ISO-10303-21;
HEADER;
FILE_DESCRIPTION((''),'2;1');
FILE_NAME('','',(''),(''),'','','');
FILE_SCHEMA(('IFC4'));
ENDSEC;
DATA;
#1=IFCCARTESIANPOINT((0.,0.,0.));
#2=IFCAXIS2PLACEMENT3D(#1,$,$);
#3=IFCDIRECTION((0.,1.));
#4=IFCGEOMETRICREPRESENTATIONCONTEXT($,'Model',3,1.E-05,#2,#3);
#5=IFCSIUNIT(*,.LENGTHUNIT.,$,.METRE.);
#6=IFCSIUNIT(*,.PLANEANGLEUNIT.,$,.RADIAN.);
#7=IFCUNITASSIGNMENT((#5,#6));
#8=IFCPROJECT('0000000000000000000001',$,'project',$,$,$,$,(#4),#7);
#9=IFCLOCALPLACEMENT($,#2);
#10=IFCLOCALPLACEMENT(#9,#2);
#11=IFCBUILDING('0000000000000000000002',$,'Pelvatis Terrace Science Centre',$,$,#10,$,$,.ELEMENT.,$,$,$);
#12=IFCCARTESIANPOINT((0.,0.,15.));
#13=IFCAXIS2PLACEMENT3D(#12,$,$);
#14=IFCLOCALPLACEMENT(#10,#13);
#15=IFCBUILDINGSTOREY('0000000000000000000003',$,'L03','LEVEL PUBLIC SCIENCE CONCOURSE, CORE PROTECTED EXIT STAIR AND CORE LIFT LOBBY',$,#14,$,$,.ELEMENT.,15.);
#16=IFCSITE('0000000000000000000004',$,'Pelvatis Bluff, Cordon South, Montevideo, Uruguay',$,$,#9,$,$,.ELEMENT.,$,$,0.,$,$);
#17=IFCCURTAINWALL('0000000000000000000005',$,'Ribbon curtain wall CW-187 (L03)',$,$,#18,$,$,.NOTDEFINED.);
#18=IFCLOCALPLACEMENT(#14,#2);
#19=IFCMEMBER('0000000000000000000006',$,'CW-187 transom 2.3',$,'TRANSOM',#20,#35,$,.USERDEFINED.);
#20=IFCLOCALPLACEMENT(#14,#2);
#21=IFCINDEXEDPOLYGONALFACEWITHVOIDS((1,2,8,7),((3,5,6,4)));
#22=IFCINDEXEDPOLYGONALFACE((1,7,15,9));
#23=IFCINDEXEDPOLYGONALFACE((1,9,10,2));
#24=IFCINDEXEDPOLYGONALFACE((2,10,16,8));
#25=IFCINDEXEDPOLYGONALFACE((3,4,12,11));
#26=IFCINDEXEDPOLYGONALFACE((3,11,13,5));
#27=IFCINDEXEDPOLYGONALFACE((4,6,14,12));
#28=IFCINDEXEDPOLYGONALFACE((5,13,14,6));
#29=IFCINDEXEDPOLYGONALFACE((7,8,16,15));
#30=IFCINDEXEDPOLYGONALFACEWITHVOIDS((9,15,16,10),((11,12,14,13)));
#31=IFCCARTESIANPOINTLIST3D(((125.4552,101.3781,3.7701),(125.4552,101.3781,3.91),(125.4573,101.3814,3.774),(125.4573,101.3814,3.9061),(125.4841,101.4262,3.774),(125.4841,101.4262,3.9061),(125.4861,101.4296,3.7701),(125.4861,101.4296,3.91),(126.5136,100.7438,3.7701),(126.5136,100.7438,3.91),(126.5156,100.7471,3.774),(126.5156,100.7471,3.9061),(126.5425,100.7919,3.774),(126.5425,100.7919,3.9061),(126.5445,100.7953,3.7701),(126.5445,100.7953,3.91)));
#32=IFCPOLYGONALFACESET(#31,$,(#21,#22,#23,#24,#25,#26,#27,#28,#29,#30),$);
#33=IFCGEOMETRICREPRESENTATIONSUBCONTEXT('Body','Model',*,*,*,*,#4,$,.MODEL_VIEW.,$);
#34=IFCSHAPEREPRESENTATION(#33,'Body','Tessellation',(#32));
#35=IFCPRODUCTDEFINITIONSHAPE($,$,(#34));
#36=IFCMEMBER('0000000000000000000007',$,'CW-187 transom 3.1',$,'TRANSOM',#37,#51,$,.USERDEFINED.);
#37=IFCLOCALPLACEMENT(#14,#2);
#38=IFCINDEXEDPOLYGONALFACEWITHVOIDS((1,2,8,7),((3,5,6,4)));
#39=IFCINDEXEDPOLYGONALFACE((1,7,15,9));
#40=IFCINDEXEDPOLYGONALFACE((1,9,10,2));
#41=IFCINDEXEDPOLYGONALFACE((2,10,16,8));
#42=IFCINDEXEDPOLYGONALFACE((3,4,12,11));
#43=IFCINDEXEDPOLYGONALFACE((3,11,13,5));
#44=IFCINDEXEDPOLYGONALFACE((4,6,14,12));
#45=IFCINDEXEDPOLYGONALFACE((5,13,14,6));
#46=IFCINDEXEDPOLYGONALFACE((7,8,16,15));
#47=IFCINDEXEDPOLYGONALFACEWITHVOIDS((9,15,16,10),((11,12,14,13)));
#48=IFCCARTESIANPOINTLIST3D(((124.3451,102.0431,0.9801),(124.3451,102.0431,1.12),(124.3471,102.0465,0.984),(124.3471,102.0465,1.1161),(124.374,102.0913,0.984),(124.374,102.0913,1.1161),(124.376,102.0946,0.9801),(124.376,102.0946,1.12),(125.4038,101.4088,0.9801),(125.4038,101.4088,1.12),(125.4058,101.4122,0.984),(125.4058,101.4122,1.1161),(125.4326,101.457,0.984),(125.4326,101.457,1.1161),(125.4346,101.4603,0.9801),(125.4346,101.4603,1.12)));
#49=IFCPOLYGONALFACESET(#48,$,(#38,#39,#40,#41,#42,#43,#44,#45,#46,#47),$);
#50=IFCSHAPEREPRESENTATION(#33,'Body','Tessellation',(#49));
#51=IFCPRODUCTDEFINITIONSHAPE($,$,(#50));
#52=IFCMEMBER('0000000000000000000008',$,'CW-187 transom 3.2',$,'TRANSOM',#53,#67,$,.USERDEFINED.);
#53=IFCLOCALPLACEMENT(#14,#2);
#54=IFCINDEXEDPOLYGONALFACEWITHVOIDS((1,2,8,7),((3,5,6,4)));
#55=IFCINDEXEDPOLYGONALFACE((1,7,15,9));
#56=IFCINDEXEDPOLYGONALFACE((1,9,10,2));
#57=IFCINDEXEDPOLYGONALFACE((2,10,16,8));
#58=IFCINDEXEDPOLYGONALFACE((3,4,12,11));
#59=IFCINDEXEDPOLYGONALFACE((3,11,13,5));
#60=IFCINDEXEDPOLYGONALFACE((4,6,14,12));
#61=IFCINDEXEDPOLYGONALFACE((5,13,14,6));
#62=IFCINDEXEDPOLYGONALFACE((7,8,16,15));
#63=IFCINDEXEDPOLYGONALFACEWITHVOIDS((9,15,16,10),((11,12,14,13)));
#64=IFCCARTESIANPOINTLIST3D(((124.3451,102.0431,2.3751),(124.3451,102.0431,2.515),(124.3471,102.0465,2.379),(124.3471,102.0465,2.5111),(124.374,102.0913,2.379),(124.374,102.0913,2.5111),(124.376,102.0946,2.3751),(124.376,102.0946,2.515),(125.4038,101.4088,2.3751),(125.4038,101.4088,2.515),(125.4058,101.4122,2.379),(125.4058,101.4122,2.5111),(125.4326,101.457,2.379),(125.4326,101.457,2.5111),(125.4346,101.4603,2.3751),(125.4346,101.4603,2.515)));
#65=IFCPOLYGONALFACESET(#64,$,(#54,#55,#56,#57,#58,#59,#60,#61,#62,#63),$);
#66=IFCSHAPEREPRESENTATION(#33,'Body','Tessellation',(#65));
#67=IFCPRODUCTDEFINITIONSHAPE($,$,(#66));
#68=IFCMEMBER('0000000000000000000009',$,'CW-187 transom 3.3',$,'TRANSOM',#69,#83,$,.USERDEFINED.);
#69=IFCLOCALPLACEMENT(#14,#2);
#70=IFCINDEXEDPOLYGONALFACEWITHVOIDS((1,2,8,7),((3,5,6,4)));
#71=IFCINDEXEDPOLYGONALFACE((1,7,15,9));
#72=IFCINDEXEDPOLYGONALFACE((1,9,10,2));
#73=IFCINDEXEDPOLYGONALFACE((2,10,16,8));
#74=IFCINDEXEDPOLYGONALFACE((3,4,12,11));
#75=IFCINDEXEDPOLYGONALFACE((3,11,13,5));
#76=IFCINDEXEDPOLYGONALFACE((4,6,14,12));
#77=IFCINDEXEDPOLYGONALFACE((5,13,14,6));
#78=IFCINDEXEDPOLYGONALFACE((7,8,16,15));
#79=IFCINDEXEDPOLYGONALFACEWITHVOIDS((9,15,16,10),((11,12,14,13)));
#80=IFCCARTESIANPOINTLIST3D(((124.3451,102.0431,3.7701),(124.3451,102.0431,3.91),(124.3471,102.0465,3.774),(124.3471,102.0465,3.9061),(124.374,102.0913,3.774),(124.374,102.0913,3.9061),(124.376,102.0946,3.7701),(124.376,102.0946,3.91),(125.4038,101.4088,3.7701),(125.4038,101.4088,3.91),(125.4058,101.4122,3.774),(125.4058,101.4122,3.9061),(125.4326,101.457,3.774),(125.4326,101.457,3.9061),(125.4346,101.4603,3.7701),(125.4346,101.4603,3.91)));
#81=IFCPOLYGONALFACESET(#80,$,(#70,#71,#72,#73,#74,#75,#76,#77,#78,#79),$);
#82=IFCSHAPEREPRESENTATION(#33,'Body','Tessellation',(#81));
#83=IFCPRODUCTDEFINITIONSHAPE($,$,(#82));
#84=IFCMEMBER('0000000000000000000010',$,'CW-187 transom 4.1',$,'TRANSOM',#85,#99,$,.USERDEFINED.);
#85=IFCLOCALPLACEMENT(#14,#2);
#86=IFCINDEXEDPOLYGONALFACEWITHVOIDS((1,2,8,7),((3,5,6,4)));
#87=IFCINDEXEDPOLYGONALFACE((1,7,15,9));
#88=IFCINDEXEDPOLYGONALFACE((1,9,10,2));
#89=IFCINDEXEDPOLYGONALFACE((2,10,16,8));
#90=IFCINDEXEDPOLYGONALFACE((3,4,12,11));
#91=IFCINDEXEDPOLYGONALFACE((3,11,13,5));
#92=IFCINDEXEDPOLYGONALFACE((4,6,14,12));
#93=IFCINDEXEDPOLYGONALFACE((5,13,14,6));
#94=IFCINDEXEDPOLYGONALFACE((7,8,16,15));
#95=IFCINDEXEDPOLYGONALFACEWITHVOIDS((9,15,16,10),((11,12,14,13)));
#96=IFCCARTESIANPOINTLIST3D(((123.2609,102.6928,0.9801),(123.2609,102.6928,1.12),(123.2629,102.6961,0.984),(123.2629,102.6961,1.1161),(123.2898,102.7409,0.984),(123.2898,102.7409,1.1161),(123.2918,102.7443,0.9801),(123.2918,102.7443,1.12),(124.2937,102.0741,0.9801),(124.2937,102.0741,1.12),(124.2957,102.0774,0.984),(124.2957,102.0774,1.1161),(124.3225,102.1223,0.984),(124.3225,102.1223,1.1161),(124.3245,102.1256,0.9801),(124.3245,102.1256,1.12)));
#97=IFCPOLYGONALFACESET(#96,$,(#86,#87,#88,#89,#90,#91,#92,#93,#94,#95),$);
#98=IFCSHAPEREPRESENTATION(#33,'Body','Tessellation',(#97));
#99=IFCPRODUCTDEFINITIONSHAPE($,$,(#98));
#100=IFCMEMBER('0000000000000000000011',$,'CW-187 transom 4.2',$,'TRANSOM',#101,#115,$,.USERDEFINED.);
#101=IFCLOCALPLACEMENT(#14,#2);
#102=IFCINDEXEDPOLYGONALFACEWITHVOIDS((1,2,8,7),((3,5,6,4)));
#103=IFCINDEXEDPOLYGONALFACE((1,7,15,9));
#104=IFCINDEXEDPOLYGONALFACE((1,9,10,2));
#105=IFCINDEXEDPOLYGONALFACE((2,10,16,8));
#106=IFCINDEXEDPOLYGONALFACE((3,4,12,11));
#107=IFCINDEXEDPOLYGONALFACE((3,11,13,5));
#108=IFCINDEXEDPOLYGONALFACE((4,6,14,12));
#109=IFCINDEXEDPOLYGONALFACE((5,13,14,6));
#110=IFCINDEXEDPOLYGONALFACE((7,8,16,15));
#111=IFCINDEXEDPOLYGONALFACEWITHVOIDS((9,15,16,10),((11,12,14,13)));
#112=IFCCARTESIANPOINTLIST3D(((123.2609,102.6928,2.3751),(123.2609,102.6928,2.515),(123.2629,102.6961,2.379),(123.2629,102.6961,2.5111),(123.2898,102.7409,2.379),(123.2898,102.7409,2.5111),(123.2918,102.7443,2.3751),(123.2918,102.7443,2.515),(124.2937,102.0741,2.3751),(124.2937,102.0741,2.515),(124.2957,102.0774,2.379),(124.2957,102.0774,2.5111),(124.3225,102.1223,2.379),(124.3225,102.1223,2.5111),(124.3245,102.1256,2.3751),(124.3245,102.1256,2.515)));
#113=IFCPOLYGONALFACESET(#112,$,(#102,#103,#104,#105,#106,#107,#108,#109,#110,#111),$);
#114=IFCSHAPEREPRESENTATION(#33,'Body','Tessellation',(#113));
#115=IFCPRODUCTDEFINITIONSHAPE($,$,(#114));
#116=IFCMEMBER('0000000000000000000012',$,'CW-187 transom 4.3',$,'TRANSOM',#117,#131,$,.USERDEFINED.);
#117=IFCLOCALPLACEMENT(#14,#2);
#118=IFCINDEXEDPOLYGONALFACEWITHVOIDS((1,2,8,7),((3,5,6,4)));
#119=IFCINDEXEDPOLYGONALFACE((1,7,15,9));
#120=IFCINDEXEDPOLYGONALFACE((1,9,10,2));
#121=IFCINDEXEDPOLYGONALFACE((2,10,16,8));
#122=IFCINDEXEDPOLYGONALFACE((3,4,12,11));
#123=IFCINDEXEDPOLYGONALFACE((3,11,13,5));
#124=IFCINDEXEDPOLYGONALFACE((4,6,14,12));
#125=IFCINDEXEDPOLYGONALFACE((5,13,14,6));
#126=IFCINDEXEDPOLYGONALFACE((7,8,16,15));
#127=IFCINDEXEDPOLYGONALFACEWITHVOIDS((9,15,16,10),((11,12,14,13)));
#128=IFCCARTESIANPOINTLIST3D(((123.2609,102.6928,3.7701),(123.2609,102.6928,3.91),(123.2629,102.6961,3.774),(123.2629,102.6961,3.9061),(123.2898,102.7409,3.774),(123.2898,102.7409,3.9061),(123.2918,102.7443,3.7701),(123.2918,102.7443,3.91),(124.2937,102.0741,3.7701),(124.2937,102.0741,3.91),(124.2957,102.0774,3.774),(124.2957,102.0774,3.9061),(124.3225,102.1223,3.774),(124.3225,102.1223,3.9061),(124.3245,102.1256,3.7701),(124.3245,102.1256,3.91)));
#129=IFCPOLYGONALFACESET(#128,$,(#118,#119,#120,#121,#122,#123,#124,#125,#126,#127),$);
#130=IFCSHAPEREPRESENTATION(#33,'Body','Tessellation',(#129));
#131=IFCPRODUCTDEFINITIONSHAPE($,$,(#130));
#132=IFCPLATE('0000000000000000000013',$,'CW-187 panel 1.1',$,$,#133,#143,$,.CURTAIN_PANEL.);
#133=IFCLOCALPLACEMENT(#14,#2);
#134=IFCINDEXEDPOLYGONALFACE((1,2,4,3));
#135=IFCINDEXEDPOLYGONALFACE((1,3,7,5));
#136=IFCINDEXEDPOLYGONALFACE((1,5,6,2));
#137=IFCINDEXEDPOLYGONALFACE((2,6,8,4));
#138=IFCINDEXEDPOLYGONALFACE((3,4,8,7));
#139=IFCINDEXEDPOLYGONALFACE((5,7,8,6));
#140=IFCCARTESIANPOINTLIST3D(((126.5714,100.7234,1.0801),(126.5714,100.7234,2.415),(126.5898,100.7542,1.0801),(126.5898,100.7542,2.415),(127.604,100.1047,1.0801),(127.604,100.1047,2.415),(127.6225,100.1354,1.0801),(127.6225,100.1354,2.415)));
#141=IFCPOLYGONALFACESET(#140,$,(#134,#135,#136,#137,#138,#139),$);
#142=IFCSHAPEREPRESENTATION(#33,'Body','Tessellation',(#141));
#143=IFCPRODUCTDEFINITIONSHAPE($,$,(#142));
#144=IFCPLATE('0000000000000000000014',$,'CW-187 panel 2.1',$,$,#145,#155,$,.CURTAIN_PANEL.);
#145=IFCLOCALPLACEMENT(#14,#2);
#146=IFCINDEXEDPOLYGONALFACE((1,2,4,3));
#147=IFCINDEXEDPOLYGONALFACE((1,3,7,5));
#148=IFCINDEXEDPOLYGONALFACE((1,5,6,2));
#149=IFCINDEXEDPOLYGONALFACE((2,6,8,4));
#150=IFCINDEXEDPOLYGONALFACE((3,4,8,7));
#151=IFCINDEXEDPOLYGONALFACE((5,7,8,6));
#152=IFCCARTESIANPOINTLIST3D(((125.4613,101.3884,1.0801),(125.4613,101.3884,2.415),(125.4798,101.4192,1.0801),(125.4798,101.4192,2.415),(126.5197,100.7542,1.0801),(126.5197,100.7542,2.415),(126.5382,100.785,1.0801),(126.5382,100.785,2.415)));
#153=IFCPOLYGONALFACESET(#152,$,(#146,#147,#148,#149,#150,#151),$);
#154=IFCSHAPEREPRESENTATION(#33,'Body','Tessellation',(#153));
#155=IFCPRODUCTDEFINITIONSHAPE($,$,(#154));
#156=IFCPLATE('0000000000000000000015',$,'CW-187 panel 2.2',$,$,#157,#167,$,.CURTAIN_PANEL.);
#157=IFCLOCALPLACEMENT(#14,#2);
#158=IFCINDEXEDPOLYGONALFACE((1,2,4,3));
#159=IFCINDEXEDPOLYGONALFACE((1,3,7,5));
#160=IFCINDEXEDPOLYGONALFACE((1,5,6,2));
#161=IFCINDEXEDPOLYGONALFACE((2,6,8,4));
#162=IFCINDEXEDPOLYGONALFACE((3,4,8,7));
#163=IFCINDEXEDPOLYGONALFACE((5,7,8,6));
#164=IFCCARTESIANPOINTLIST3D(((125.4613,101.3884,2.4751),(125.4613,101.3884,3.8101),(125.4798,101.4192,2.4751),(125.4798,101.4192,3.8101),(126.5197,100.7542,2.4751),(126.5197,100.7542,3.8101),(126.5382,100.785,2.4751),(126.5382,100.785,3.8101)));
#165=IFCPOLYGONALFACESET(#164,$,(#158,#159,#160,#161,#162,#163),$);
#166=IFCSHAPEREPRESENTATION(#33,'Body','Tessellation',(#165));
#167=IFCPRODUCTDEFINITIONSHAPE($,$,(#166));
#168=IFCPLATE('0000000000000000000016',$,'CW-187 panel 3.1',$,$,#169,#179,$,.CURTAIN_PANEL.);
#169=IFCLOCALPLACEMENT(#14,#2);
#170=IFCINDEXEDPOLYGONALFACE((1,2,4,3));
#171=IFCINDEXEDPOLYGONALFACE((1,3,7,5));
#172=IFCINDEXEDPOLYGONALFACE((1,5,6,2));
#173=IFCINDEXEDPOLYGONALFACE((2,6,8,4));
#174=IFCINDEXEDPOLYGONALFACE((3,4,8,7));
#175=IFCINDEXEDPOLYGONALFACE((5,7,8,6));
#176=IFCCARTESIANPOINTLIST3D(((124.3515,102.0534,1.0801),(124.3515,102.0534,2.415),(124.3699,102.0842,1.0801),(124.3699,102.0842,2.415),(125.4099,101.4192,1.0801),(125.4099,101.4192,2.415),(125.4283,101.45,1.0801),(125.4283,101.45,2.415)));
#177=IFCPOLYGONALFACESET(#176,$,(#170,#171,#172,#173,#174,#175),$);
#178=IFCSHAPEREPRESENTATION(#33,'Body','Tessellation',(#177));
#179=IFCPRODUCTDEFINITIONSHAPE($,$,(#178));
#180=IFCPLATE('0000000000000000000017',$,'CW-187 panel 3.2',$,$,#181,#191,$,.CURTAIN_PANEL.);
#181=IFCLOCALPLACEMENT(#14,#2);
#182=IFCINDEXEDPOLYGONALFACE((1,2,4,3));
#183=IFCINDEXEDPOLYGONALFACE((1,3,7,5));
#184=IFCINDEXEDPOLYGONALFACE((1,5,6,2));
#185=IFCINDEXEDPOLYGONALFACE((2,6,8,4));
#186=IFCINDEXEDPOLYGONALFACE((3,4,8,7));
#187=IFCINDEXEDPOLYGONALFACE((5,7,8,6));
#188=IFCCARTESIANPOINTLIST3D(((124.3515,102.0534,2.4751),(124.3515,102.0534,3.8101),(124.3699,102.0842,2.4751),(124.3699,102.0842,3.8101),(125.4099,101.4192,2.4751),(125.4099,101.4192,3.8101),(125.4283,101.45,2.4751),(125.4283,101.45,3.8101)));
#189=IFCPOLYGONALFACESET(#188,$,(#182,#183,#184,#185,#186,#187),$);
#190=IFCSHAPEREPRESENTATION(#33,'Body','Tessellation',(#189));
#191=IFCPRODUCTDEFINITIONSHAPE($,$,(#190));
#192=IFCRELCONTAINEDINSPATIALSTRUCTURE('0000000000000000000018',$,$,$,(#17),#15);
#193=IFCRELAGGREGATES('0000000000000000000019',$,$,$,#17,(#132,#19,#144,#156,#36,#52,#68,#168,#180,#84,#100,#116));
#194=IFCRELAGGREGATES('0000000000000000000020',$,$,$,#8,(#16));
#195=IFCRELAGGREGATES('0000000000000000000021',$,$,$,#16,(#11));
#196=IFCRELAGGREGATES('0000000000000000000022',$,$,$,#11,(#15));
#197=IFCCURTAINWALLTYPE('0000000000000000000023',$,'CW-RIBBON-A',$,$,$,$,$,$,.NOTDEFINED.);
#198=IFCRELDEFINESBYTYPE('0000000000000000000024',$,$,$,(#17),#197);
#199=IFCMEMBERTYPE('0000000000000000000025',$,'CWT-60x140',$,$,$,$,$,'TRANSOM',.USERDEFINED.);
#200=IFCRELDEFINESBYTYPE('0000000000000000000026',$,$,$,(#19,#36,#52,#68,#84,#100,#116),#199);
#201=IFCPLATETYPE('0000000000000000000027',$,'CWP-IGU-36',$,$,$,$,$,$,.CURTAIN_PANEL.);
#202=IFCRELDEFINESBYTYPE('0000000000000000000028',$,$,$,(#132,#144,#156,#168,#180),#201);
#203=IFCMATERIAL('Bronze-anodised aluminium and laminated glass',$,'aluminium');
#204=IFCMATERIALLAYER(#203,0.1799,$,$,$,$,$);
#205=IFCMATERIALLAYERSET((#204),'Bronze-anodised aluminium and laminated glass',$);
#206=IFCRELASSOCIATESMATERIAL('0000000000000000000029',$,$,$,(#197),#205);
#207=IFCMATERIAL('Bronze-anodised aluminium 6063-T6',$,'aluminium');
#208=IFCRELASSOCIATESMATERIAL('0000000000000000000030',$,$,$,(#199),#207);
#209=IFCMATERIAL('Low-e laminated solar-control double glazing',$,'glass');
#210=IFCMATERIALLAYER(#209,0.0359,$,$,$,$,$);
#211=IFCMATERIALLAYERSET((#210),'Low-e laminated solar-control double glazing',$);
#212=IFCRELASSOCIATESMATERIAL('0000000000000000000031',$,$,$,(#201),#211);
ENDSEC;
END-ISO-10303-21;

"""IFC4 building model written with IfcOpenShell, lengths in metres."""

from ifc_helpers import new_model, si_unit, direction, frame, origin, origin_2d, place, context, subcontext, project, spatial, rectangle, hollow_rectangle, extrude, material, layer, layer_set, material_profile, profile_set, type_object, element, aggregate, save


model = new_model("IFC4")

# Units and contexts
model_context = context("Model", 3, precision=1e-05, world=origin(), true_north=direction((0.0, 1.0)))
body_context = subcontext(model_context, "Body", "Model", "MODEL_VIEW")
ifc_project = project(units=[si_unit("LENGTHUNIT", "METRE"), si_unit("PLANEANGLEUNIT", "RADIAN")], contexts=[model_context])

# Site, building, storey
site_placement = place(None, origin())
site = spatial("IfcSite", under=ifc_project, at=site_placement, Name="Pelvatis Bluff, Cordon South, Montevideo, Uruguay", CompositionType="ELEMENT", RefElevation=0.0)
building_placement = place(site_placement, origin())
building = spatial("IfcBuilding", under=site, at=building_placement, Name="Pelvatis Terrace Science Centre", CompositionType="ELEMENT")
storey_placement = place(building_placement, frame((0.0, 0.0, 15.0)))
storey = spatial("IfcBuildingStorey", under=building, at=storey_placement, Name="L03", Description="LEVEL PUBLIC SCIENCE CONCOURSE, CORE PROTECTED EXIT STAIR AND CORE LIFT LOBBY", CompositionType="ELEMENT", Elevation=15.0)

# Curtain wall, members, plates
ifc_material_1 = material(Name="Bronze-anodised aluminium and laminated glass", Category="aluminium")
ifc_layer_1 = layer(ifc_material_1, 0.1799)
ifc_layer_set_1 = layer_set([ifc_layer_1], Name="Bronze-anodised aluminium and laminated glass")
curtain_wall_type = type_object("IfcCurtainWallType", Name="CW-RIBBON-A", PredefinedType="NOTDEFINED", material=ifc_layer_set_1)
curtain_wall_placement = place(storey_placement, origin())
curtain_wall = element("IfcCurtainWall", 1, at=curtain_wall_placement, inside=storey, type_object=curtain_wall_type, Name="Ribbon curtain wall CW-187 (L03)", PredefinedType="NOTDEFINED")
ifc_material_2 = material(Name="Bronze-anodised aluminium 6063-T6", Category="aluminium")
ifc_material_profile_1 = material_profile(ifc_material_2, hollow_rectangle(XDim=0.0601, YDim=0.1399, WallThickness=0.0039, at=origin_2d()), Name="ALU-TRN 60x140")
ifc_profile_set_1 = profile_set([ifc_material_profile_1], Name="Bronze-anodised aluminium 6063-T6")
member_type_1 = type_object("IfcMemberType", Name="CWT-60x140", ElementType="TRANSOM", PredefinedType="USERDEFINED", material=ifc_profile_set_1)
member_1_placement = place(storey_placement, frame((126.5291, 100.7695, 3.8401), z_axis=(-0.857755, 0.514059, 0.0), x_axis=(-0.514059, -0.857755, 0.0)))
member_1 = element("IfcMember", 2, at=member_1_placement, type_object=member_type_1, Name="CW-187 transom 2.3", ObjectType="TRANSOM", PredefinedType="USERDEFINED", context=body_context, shape_type="SweptSolid", body=[
    extrude(hollow_rectangle(XDim=0.0601, YDim=0.1399, WallThickness=0.0039, at=origin_2d()), origin(), (0.0, 0.0, 1.0), 1.2339),
])
member_2_placement = place(storey_placement, frame((125.4192, 101.4346, 1.05), z_axis=(-0.857807, 0.513972, 0.0), x_axis=(-0.513972, -0.857807, 0.0)))
member_2 = element("IfcMember", 3, at=member_2_placement, type_object=member_type_1, Name="CW-187 transom 3.1", ObjectType="TRANSOM", PredefinedType="USERDEFINED", context=body_context, shape_type="SweptSolid", body=[
    extrude(hollow_rectangle(XDim=0.0601, YDim=0.1399, WallThickness=0.0039, at=origin_2d()), origin(), (0.0, 0.0, 1.0), 1.2341),
])
member_3_placement = place(storey_placement, frame((125.4192, 101.4346, 2.4451), z_axis=(-0.857807, 0.513972, 0.0), x_axis=(-0.513972, -0.857807, 0.0)))
member_3 = element("IfcMember", 4, at=member_3_placement, type_object=member_type_1, Name="CW-187 transom 3.2", ObjectType="TRANSOM", PredefinedType="USERDEFINED", context=body_context, shape_type="SweptSolid", body=[
    extrude(hollow_rectangle(XDim=0.0601, YDim=0.1399, WallThickness=0.0039, at=origin_2d()), origin(), (0.0, 0.0, 1.0), 1.2341),
])
member_4_placement = place(storey_placement, frame((125.4192, 101.4346, 3.8401), z_axis=(-0.857807, 0.513972, 0.0), x_axis=(-0.513972, -0.857807, 0.0)))
member_4 = element("IfcMember", 5, at=member_4_placement, type_object=member_type_1, Name="CW-187 transom 3.3", ObjectType="TRANSOM", PredefinedType="USERDEFINED", context=body_context, shape_type="SweptSolid", body=[
    extrude(hollow_rectangle(XDim=0.0601, YDim=0.1399, WallThickness=0.0039, at=origin_2d()), origin(), (0.0, 0.0, 1.0), 1.2341),
])
member_5_placement = place(storey_placement, frame((124.3091, 102.0999, 1.05), z_axis=(-0.857851, 0.513899, 0.0), x_axis=(-0.513899, -0.857851, 0.0)))
member_5 = element("IfcMember", 6, at=member_5_placement, type_object=member_type_1, Name="CW-187 transom 4.1", ObjectType="TRANSOM", PredefinedType="USERDEFINED", context=body_context, shape_type="SweptSolid", body=[
    extrude(hollow_rectangle(XDim=0.0601, YDim=0.1399, WallThickness=0.0039, at=origin_2d()), origin(), (0.0, 0.0, 1.0), 1.2039),
])
member_6_placement = place(storey_placement, frame((124.3091, 102.0999, 2.4451), z_axis=(-0.857851, 0.513899, 0.0), x_axis=(-0.513899, -0.857851, 0.0)))
member_6 = element("IfcMember", 7, at=member_6_placement, type_object=member_type_1, Name="CW-187 transom 4.2", ObjectType="TRANSOM", PredefinedType="USERDEFINED", context=body_context, shape_type="SweptSolid", body=[
    extrude(hollow_rectangle(XDim=0.0601, YDim=0.1399, WallThickness=0.0039, at=origin_2d()), origin(), (0.0, 0.0, 1.0), 1.2039),
])
member_7_placement = place(storey_placement, frame((124.3091, 102.0999, 3.8401), z_axis=(-0.857851, 0.513899, 0.0), x_axis=(-0.513899, -0.857851, 0.0)))
member_7 = element("IfcMember", 8, at=member_7_placement, type_object=member_type_1, Name="CW-187 transom 4.3", ObjectType="TRANSOM", PredefinedType="USERDEFINED", context=body_context, shape_type="SweptSolid", body=[
    extrude(hollow_rectangle(XDim=0.0601, YDim=0.1399, WallThickness=0.0039, at=origin_2d()), origin(), (0.0, 0.0, 1.0), 1.2039),
])
ifc_material_3 = material(Name="Low-e laminated solar-control double glazing", Category="glass")
ifc_layer_2 = layer(ifc_material_3, 0.0359)
ifc_layer_set_2 = layer_set([ifc_layer_2], Name="Low-e laminated solar-control double glazing")
plate_type = type_object("IfcPlateType", Name="CWP-IGU-36", PredefinedType="CURTAIN_PANEL", material=ifc_layer_set_2)
plate_1_placement = place(storey_placement, frame((127.0969, 100.4294, 1.0801), z_axis=(0.0, 0.0, 1.0), x_axis=(-0.857793, 0.513996, 0.0)))
plate_1 = element("IfcPlate", 9, at=plate_1_placement, type_object=plate_type, Name="CW-187 panel 1.1", PredefinedType="CURTAIN_PANEL", context=body_context, shape_type="SweptSolid", body=[
    extrude(rectangle(XDim=1.2039, YDim=0.0359, at=origin_2d()), origin(), (0.0, 0.0, 1.0), 1.335),
])
plate_2_placement = place(storey_placement, frame((125.9998, 101.0867, 1.0801), z_axis=(0.0, 0.0, 1.0), x_axis=(-0.857793, 0.513996, 0.0)))
plate_2 = element("IfcPlate", 10, at=plate_2_placement, type_object=plate_type, Name="CW-187 panel 2.1", PredefinedType="CURTAIN_PANEL", context=body_context, shape_type="SweptSolid", body=[
    extrude(rectangle(XDim=1.2339, YDim=0.0359, at=origin_2d()), origin(), (0.0, 0.0, 1.0), 1.335),
])
plate_3_placement = place(storey_placement, frame((125.9998, 101.0867, 2.4751), z_axis=(0.0, 0.0, 1.0), x_axis=(-0.857793, 0.513996, 0.0)))
plate_3 = element("IfcPlate", 11, at=plate_3_placement, type_object=plate_type, Name="CW-187 panel 2.2", PredefinedType="CURTAIN_PANEL", context=body_context, shape_type="SweptSolid", body=[
    extrude(rectangle(XDim=1.2339, YDim=0.0359, at=origin_2d()), origin(), (0.0, 0.0, 1.0), 1.335),
])
plate_4_placement = place(storey_placement, frame((124.8899, 101.7517, 1.0801), z_axis=(0.0, 0.0, 1.0), x_axis=(-0.857793, 0.513996, 0.0)))
plate_4 = element("IfcPlate", 12, at=plate_4_placement, type_object=plate_type, Name="CW-187 panel 3.1", PredefinedType="CURTAIN_PANEL", context=body_context, shape_type="SweptSolid", body=[
    extrude(rectangle(XDim=1.2339, YDim=0.0359, at=origin_2d()), origin(), (0.0, 0.0, 1.0), 1.335),
])
plate_5_placement = place(storey_placement, frame((124.8899, 101.7517, 2.4751), z_axis=(0.0, 0.0, 1.0), x_axis=(-0.857793, 0.513996, 0.0)))
plate_5 = element("IfcPlate", 13, at=plate_5_placement, type_object=plate_type, Name="CW-187 panel 3.2", PredefinedType="CURTAIN_PANEL", context=body_context, shape_type="SweptSolid", body=[
    extrude(rectangle(XDim=1.2339, YDim=0.0359, at=origin_2d()), origin(), (0.0, 0.0, 1.0), 1.335),
])
aggregate(curtain_wall, [plate_1, member_1, plate_2, plate_3, member_2, member_3, member_4, plate_4, plate_5, member_5, member_6, member_7])

save(model, "model.ifc")
